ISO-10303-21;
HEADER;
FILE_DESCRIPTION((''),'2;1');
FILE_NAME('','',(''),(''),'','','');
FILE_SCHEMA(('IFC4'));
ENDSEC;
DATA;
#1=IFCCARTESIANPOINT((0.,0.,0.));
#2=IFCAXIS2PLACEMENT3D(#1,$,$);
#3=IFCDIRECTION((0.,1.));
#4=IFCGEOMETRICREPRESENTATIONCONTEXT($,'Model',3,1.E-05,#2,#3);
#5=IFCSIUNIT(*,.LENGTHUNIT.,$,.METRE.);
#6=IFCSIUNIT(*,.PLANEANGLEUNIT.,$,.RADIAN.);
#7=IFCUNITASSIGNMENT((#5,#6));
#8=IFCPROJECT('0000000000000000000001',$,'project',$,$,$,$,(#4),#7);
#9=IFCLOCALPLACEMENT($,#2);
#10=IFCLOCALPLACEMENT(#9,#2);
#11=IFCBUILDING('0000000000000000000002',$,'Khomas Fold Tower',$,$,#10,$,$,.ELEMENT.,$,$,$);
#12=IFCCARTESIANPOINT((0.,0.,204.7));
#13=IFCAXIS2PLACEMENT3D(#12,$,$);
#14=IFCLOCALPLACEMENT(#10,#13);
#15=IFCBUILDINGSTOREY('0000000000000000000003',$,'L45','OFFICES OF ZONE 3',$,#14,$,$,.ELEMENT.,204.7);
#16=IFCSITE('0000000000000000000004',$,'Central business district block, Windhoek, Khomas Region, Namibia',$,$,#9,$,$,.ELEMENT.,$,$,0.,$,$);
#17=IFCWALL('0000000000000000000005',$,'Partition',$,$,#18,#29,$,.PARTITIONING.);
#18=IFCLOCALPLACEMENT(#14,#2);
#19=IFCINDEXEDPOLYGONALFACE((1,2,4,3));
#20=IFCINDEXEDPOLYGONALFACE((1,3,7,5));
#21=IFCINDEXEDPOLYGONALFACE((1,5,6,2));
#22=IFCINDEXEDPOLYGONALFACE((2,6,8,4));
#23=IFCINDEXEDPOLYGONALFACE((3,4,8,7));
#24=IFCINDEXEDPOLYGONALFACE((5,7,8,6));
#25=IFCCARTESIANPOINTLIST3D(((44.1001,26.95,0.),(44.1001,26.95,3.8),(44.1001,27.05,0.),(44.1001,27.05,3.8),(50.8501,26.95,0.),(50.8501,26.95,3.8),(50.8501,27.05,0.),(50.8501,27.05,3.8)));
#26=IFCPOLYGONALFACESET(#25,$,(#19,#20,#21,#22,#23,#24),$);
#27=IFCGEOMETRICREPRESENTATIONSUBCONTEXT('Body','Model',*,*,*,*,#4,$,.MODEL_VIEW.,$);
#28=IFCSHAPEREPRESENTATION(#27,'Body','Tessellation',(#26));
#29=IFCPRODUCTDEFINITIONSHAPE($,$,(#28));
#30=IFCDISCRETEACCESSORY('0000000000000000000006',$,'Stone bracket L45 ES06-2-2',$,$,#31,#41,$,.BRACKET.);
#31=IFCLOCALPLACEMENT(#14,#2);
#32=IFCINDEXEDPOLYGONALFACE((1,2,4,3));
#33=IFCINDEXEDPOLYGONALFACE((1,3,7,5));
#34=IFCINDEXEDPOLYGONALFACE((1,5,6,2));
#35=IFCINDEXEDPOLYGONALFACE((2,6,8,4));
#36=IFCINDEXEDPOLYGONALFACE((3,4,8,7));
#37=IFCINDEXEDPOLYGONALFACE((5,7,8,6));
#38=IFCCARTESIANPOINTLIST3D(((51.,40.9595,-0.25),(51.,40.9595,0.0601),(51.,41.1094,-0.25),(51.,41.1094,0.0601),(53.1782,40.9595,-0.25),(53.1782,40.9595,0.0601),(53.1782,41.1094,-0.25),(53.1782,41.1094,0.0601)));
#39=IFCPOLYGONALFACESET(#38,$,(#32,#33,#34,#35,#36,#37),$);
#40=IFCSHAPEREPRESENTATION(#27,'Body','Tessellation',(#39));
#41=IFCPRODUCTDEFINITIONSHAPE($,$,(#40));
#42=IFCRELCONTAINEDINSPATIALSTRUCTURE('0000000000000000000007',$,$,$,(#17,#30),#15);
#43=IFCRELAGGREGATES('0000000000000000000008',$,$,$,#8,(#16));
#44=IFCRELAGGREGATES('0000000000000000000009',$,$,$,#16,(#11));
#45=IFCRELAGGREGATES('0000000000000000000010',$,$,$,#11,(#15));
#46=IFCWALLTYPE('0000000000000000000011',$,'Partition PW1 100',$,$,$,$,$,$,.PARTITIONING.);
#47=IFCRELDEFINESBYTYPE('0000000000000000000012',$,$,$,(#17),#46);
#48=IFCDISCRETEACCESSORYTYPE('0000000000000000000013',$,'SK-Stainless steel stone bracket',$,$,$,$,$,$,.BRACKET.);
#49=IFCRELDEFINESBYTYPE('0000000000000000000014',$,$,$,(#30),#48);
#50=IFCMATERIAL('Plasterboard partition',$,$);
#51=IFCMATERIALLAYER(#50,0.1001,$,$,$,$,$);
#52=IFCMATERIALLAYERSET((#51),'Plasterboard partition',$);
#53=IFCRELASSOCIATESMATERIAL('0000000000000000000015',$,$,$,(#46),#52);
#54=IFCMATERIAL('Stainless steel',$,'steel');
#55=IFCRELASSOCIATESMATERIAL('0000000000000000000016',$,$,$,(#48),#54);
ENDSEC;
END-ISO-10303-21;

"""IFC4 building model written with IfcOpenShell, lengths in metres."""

from ifc_helpers import new_model, si_unit, direction, frame, frame_2d, origin, origin_2d, place, context, subcontext, project, spatial, rectangle, extrude, source, transform, mapped, material, layer, layer_set, type_object, element, save


model = new_model("IFC4")

# Units and contexts
model_context = context("Model", 3, precision=1e-05, world=origin(), true_north=direction((0.0, 1.0)))
body_context = subcontext(model_context, "Body", "Model", "MODEL_VIEW")
ifc_project = project(units=[si_unit("LENGTHUNIT", "METRE"), si_unit("PLANEANGLEUNIT", "RADIAN")], contexts=[model_context])

# Site, building, storey
site_placement = place(None, origin())
site = spatial("IfcSite", under=ifc_project, at=site_placement, Name="Central business district block, Windhoek, Khomas Region, Namibia", CompositionType="ELEMENT", RefElevation=0.0)
building_placement = place(site_placement, origin())
building = spatial("IfcBuilding", under=site, at=building_placement, Name="Khomas Fold Tower", CompositionType="ELEMENT")
storey_placement = place(building_placement, frame((0.0, 0.0, 204.7)))
storey = spatial("IfcBuildingStorey", under=building, at=storey_placement, Name="L45", Description="OFFICES OF ZONE 3", CompositionType="ELEMENT", Elevation=204.7)

# Wall
ifc_material_1 = material(Name="Plasterboard partition")
ifc_layer_1 = layer(ifc_material_1, 0.1001)
ifc_layer_set_1 = layer_set([ifc_layer_1], Name="Plasterboard partition")
wall_type_1 = type_object("IfcWallType", Name="Partition PW1 100", PredefinedType="PARTITIONING", material=ifc_layer_set_1)
shared_shape_1 = source(origin(), body_context, "Body", "SweptSolid", [
    extrude(rectangle(XDim=6.75, YDim=0.1001, at=frame_2d((3.375, 0.0))), origin(), (0.0, 0.0, 1.0), 3.8),
])
wall_1_placement = place(storey_placement, frame((44.1001, 27.0, 0.0), z_axis=(0.0, 0.0, 1.0), x_axis=(1.0, 0.0, 0.0)))
element("IfcWall", 1, at=wall_1_placement, inside=storey, type_object=wall_type_1, Name="Partition", PredefinedType="PARTITIONING", context=body_context, shape_type="MappedRepresentation", body=[
    mapped(shared_shape_1, transform((0.0, 0.0, 0.0))),
])

# Discrete accessory
ifc_material_2 = material(Name="Stainless steel", Category="steel")
discrete_accessory_type = type_object("IfcDiscreteAccessoryType", Name="SK-Stainless steel stone bracket", PredefinedType="BRACKET", material=ifc_material_2)
shared_shape_2 = source(origin(), body_context, "Body", "SweptSolid", [
    extrude(rectangle(XDim=2.1782, YDim=0.1499, at=origin_2d()), origin(), (0.0, 0.0, 1.0), 0.3101),
])
discrete_accessory_placement = place(storey_placement, frame((52.0891, 41.0344, -0.25), z_axis=(0.0, 0.0, 1.0), x_axis=(1.0, 0.0, 0.0)))
element("IfcDiscreteAccessory", 2, at=discrete_accessory_placement, inside=storey, type_object=discrete_accessory_type, Name="Stone bracket L45 ES06-2-2", PredefinedType="BRACKET", context=body_context, shape_type="MappedRepresentation", body=[
    mapped(shared_shape_2, transform((0.0, 0.0, 0.0))),
])

save(model, "model.ifc")
